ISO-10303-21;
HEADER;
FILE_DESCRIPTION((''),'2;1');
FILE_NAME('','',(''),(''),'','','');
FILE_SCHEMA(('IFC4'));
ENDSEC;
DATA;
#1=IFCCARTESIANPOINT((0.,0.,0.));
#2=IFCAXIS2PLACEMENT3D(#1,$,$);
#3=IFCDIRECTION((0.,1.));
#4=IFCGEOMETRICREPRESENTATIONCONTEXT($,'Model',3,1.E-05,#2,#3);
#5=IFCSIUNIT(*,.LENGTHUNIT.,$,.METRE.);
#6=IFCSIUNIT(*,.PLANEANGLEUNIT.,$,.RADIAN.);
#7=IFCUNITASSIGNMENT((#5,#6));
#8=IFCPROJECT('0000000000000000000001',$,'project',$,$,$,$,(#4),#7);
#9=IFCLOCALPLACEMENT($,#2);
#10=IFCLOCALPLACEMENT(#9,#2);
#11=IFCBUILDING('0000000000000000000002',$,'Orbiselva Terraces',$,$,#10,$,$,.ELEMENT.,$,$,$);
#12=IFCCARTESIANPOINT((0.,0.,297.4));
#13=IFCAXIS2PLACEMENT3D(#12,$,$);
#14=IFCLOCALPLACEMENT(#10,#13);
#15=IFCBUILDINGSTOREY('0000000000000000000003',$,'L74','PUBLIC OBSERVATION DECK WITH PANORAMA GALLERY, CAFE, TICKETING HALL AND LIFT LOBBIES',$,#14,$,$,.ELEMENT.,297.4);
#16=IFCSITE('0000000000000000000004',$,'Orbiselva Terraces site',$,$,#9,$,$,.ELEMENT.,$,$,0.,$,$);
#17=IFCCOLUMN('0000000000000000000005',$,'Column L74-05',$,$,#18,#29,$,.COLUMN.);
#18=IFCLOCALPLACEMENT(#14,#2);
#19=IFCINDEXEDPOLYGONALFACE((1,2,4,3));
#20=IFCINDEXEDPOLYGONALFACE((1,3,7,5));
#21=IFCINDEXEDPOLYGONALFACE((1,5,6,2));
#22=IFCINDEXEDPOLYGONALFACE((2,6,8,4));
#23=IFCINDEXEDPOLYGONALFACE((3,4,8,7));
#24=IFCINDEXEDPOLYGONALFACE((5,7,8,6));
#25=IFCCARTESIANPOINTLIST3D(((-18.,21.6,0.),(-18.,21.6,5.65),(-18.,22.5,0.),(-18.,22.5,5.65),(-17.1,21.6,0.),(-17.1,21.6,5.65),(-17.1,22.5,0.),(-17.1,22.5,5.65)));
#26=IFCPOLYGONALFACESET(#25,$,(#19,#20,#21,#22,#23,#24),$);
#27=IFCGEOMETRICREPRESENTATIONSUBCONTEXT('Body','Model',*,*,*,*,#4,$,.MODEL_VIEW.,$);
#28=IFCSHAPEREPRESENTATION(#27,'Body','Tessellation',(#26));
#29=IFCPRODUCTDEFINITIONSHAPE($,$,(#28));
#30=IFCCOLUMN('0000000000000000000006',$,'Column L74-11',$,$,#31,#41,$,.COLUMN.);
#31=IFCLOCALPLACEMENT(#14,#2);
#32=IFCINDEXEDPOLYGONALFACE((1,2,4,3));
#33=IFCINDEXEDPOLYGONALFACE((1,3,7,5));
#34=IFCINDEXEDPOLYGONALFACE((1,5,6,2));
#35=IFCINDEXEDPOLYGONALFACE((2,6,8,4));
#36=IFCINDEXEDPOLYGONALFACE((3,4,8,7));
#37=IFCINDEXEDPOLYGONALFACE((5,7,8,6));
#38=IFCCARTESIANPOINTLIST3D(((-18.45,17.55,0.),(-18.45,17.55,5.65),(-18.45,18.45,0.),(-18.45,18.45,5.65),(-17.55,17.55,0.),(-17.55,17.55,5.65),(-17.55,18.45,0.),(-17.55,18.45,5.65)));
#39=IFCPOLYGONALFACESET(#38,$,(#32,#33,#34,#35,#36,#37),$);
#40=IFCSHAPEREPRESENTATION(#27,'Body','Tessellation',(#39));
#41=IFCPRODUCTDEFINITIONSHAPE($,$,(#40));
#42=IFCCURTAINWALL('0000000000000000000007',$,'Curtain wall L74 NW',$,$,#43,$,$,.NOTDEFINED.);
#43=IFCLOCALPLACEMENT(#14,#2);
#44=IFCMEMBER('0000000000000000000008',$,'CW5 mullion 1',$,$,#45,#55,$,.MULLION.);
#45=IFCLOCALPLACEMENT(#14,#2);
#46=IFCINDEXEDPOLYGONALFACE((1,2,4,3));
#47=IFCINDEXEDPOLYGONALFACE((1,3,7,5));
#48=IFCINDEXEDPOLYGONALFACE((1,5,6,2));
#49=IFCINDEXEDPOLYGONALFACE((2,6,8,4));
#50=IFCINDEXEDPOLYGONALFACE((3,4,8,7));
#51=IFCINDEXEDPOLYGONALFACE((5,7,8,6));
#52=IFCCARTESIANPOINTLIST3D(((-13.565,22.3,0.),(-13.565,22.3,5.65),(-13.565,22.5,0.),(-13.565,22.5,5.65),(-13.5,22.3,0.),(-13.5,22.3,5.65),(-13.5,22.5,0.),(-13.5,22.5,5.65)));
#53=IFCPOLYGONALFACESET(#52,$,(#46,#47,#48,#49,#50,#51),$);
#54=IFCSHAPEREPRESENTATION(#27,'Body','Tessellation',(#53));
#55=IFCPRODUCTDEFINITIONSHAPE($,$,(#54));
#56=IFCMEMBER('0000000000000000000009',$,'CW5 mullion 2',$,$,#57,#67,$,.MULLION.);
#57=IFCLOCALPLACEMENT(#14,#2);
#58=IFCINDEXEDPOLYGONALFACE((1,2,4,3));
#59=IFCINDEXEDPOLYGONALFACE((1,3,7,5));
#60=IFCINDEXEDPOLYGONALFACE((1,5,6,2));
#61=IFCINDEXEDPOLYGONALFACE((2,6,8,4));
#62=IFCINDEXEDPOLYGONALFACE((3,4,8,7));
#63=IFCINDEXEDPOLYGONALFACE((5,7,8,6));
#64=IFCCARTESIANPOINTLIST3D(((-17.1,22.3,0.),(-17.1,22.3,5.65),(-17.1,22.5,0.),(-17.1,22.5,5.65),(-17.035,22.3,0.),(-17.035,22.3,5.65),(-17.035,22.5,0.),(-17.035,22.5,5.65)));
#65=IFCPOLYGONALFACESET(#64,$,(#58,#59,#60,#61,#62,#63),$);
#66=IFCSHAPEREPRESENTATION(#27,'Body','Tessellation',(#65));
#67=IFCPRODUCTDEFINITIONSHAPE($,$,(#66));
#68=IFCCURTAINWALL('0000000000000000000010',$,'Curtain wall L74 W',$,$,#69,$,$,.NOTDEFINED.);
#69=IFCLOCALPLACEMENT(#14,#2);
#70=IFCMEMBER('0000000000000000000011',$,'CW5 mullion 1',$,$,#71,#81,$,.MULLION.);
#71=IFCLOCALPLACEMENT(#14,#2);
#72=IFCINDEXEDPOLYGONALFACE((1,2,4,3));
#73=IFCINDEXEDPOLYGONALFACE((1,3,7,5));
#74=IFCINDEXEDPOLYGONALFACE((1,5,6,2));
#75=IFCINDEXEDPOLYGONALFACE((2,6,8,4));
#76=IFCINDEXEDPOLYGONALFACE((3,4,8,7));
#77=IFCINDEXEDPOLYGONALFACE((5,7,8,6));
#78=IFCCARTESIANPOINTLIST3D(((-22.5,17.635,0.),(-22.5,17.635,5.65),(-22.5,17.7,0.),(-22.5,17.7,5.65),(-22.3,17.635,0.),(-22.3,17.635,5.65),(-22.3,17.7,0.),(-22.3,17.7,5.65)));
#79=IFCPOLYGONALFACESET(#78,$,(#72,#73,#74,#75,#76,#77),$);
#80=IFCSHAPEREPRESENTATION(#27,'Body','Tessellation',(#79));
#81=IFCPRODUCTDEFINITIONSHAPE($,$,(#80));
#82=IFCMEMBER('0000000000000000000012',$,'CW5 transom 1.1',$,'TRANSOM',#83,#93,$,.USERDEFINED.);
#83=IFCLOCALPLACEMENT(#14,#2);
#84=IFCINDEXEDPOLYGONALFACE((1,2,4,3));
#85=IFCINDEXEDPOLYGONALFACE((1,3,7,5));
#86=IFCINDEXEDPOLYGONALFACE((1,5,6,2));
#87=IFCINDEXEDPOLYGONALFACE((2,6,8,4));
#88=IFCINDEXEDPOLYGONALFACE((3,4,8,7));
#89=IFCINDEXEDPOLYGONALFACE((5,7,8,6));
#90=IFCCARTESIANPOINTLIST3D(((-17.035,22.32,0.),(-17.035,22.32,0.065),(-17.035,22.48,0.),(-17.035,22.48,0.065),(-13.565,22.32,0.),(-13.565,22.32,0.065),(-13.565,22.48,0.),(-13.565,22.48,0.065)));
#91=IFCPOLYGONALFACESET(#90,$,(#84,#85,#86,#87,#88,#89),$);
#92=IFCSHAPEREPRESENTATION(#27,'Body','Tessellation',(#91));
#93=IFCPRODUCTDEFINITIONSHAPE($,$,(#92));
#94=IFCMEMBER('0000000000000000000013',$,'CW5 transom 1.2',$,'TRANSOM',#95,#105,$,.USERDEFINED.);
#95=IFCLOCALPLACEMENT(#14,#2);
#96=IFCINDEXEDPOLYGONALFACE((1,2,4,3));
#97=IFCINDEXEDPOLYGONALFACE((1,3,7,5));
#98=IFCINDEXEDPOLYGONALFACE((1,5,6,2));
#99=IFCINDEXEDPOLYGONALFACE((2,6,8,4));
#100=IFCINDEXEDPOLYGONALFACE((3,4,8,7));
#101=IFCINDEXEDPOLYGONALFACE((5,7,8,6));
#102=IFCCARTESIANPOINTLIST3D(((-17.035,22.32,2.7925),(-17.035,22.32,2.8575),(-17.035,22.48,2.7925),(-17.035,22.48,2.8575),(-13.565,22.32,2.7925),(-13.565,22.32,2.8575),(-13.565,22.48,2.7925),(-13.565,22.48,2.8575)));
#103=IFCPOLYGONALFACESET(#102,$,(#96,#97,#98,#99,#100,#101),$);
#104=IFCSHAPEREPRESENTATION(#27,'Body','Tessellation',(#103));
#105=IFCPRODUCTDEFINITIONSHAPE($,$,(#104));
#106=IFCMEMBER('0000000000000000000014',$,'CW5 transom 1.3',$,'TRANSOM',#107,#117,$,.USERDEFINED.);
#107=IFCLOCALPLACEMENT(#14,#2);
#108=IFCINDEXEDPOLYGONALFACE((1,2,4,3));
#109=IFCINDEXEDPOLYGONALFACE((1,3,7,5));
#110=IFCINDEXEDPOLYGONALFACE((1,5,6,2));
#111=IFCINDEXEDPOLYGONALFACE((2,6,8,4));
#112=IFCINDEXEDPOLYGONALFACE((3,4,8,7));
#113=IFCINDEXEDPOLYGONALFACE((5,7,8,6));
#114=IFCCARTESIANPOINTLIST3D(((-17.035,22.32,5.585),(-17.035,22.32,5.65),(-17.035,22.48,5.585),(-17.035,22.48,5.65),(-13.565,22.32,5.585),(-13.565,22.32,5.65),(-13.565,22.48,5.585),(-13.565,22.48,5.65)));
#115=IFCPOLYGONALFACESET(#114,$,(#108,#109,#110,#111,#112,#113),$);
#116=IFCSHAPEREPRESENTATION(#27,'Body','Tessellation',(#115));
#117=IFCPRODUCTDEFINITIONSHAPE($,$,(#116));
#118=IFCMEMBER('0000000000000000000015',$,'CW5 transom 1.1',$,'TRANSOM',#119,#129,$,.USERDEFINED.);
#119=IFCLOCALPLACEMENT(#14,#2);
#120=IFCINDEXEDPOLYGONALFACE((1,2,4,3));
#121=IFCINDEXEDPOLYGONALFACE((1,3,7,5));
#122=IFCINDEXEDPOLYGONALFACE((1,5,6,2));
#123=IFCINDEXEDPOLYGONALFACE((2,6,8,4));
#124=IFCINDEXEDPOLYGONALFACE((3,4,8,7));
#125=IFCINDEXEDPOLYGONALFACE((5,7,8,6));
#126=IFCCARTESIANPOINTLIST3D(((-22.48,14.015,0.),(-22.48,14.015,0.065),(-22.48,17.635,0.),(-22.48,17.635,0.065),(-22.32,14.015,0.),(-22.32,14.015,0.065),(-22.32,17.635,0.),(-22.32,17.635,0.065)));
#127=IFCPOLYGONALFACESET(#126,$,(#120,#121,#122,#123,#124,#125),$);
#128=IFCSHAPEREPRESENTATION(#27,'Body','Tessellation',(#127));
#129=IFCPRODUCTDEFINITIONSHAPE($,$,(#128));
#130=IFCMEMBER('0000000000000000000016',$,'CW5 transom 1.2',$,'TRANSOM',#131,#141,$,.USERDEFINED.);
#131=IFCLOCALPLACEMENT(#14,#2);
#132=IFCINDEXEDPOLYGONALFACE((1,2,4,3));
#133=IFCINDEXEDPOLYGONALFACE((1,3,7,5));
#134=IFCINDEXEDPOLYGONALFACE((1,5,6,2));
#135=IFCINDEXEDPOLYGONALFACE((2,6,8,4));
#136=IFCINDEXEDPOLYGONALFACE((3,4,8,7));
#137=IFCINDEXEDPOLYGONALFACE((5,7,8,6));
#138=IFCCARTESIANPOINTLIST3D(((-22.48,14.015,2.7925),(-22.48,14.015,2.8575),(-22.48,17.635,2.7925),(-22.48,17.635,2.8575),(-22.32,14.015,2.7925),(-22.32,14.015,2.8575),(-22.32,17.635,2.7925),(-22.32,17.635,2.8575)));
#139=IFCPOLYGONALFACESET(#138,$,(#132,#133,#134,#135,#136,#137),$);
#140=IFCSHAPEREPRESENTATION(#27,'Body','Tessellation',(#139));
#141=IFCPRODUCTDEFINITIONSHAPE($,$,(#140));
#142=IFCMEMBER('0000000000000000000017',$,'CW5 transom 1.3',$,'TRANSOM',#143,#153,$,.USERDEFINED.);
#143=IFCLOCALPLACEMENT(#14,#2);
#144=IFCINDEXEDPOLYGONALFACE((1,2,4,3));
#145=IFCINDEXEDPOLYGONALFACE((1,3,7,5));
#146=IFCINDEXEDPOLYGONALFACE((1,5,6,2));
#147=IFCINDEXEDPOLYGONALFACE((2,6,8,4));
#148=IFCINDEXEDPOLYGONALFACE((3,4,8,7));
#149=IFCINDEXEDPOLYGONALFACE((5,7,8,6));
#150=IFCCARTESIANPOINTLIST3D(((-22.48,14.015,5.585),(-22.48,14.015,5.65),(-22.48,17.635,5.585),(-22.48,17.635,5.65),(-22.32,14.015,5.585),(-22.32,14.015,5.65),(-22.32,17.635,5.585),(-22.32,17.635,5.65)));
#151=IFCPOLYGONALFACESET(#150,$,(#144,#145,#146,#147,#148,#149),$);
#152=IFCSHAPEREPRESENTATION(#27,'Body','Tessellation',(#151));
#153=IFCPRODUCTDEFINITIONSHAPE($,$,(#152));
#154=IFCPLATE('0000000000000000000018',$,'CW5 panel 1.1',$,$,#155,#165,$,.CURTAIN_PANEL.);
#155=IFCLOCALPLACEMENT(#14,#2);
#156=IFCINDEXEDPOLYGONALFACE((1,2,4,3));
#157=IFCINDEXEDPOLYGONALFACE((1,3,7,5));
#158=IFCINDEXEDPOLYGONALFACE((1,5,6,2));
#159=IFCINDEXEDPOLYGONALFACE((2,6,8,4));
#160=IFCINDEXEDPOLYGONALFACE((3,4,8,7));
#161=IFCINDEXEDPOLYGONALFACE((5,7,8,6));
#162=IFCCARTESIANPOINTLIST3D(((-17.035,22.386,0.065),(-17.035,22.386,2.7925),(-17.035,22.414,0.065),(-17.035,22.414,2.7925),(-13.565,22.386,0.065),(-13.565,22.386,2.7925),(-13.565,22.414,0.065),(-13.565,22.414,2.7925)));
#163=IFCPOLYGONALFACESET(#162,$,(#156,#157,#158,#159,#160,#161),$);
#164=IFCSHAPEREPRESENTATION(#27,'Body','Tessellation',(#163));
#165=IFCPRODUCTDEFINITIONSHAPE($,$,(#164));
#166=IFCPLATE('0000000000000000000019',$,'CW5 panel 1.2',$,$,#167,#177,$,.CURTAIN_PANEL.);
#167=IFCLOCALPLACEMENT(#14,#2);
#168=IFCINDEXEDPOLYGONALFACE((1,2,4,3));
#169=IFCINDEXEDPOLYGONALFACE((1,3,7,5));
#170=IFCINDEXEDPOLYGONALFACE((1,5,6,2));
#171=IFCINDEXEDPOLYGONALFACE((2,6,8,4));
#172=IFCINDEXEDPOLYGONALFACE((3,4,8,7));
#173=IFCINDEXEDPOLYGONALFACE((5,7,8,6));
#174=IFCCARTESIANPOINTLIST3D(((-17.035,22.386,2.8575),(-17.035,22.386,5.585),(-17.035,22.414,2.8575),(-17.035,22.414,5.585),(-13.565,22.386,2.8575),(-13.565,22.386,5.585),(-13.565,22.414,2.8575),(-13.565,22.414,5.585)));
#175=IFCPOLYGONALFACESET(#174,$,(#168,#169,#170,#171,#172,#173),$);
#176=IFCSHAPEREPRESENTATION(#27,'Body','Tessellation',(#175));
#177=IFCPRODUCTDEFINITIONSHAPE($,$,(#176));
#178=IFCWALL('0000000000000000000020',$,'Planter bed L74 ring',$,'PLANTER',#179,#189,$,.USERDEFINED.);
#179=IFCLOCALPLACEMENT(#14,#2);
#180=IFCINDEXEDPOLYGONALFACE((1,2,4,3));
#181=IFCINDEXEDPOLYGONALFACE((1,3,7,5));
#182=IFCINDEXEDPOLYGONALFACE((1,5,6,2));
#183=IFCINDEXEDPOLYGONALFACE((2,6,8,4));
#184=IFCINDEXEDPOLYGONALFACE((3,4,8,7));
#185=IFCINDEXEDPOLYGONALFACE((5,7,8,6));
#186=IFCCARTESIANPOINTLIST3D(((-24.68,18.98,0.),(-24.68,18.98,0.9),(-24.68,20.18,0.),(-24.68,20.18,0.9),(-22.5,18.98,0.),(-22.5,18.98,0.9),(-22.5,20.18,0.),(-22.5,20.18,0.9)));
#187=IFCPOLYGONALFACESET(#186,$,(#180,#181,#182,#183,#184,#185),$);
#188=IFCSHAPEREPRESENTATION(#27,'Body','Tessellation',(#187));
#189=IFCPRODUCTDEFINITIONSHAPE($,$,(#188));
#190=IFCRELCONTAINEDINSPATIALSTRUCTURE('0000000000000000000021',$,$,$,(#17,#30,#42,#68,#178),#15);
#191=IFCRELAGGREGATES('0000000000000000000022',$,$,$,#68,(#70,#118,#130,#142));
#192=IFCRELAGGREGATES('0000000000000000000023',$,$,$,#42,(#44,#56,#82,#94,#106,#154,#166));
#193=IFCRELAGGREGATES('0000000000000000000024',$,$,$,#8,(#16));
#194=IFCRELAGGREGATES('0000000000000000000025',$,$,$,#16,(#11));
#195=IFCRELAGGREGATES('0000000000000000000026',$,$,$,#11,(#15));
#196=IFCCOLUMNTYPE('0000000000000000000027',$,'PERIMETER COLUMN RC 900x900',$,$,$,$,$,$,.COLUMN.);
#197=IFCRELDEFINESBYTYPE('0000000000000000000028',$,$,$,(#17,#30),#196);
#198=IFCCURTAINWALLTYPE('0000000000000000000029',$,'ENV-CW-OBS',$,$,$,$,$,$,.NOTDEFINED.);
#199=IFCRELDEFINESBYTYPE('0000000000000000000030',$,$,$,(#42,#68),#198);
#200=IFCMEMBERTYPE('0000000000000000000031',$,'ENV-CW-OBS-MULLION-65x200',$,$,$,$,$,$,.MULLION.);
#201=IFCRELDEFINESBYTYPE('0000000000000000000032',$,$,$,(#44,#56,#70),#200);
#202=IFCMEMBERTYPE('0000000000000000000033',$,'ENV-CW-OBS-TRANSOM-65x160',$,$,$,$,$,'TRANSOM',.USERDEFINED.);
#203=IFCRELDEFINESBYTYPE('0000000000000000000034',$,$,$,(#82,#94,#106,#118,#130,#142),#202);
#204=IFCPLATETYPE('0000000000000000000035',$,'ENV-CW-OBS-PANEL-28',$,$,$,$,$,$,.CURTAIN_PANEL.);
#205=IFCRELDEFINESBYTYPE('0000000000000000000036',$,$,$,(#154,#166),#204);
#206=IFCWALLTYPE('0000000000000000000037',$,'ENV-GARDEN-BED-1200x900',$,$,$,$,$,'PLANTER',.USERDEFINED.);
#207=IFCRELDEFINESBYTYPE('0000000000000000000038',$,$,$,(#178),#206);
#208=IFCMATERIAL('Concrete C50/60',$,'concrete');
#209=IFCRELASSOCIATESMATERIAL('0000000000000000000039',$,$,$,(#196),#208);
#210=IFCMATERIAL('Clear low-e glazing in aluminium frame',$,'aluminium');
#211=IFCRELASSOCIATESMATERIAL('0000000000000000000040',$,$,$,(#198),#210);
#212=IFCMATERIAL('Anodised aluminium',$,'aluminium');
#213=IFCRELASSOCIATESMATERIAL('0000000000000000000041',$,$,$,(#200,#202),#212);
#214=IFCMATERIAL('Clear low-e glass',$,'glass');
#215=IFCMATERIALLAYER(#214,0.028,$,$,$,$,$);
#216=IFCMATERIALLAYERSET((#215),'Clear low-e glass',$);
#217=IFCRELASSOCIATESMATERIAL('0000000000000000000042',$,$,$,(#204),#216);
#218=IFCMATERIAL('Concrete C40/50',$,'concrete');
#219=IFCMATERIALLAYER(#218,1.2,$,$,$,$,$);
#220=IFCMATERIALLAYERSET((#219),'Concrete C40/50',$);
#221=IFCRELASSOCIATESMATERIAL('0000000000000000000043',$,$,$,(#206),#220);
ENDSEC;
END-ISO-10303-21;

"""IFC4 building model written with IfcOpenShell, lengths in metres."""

from ifc_helpers import new_model, si_unit, direction, frame, frame_2d, origin, origin_2d, place, context, subcontext, project, spatial, rectangle, extrude, material, layer, layer_set, material_profile, profile_set, type_object, element, aggregate, save


model = new_model("IFC4")

# Units and contexts
model_context = context("Model", 3, precision=1e-05, world=origin(), true_north=direction((0.0, 1.0)))
body_context = subcontext(model_context, "Body", "Model", "MODEL_VIEW")
ifc_project = project(units=[si_unit("LENGTHUNIT", "METRE"), si_unit("PLANEANGLEUNIT", "RADIAN")], contexts=[model_context])

# Site, building, storey
site_placement = place(None, origin())
site = spatial("IfcSite", under=ifc_project, at=site_placement, Name="Orbiselva Terraces site", CompositionType="ELEMENT", RefElevation=0.0)
building_placement = place(site_placement, origin())
building = spatial("IfcBuilding", under=site, at=building_placement, Name="Orbiselva Terraces", CompositionType="ELEMENT")
storey_placement = place(building_placement, frame((0.0, 0.0, 297.4)))
storey = spatial("IfcBuildingStorey", under=building, at=storey_placement, Name="L74", Description="PUBLIC OBSERVATION DECK WITH PANORAMA GALLERY, CAFE, TICKETING HALL AND LIFT LOBBIES", CompositionType="ELEMENT", Elevation=297.4)

# Columns
ifc_material_1 = material(Name="Concrete C50/60", Category="concrete")
ifc_material_profile_1 = material_profile(ifc_material_1, rectangle(XDim=0.9, YDim=0.9, at=origin_2d()), Name="RC 900x900")
ifc_profile_set_1 = profile_set([ifc_material_profile_1], Name="Concrete C50/60")
column_type = type_object("IfcColumnType", Name="PERIMETER COLUMN RC 900x900", PredefinedType="COLUMN", material=ifc_profile_set_1)
for number, where, z_axis, x_axis, name in (
    (1, (-17.55, 22.05, 0.0), (0.0, 0.0, 1.0), (1.0, 0.0, 0.0), "Column L74-05"),
    (2, (-18.0, 18.0, 0.0), (0.0, 0.0, 1.0), (1.0, 0.0, 0.0), "Column L74-11"),
):
    element("IfcColumn", number, at=place(storey_placement, frame(where, z_axis=z_axis, x_axis=x_axis)), inside=storey, type_object=column_type, Name=name, PredefinedType="COLUMN", context=body_context, shape_type="SweptSolid", body=[
        extrude(rectangle(XDim=0.9, YDim=0.9, at=origin_2d()), origin(), (0.0, 0.0, 1.0), 5.65),
    ])

# Curtain wall, members
ifc_material_2 = material(Name="Clear low-e glazing in aluminium frame", Category="aluminium")
curtain_wall_type = type_object("IfcCurtainWallType", Name="ENV-CW-OBS", PredefinedType="NOTDEFINED", material=ifc_material_2)
curtain_wall_1_placement = place(storey_placement, origin())
curtain_wall_1 = element("IfcCurtainWall", 3, at=curtain_wall_1_placement, inside=storey, type_object=curtain_wall_type, Name="Curtain wall L74 NW", PredefinedType="NOTDEFINED")
ifc_material_3 = material(Name="Anodised aluminium", Category="aluminium")
ifc_material_profile_2 = material_profile(ifc_material_3, rectangle(XDim=0.2, YDim=0.065, at=origin_2d()), Name="AL 65x200")
ifc_profile_set_2 = profile_set([ifc_material_profile_2], Name="Anodised aluminium")
member_type_1 = type_object("IfcMemberType", Name="ENV-CW-OBS-MULLION-65x200", PredefinedType="MULLION", material=ifc_profile_set_2)
member_1_placement = place(storey_placement, frame((-13.5325, 22.4, 0.0), z_axis=(0.0, 0.0, 1.0), x_axis=(0.0, -1.0, 0.0)))
member_1 = element("IfcMember", 4, at=member_1_placement, type_object=member_type_1, Name="CW5 mullion 1", PredefinedType="MULLION", context=body_context, shape_type="SweptSolid", body=[
    extrude(rectangle(XDim=0.2, YDim=0.065, at=origin_2d()), origin(), (0.0, 0.0, 1.0), 5.65),
])
member_2_placement = place(storey_placement, frame((-17.0675, 22.4, 0.0), z_axis=(0.0, 0.0, 1.0), x_axis=(0.0, -1.0, 0.0)))
member_2 = element("IfcMember", 5, at=member_2_placement, type_object=member_type_1, Name="CW5 mullion 2", PredefinedType="MULLION", context=body_context, shape_type="SweptSolid", body=[
    extrude(rectangle(XDim=0.2, YDim=0.065, at=origin_2d()), origin(), (0.0, 0.0, 1.0), 5.65),
])

# Curtain wall, member
curtain_wall_2_placement = place(storey_placement, origin())
curtain_wall_2 = element("IfcCurtainWall", 6, at=curtain_wall_2_placement, inside=storey, type_object=curtain_wall_type, Name="Curtain wall L74 W", PredefinedType="NOTDEFINED")
member_3_placement = place(storey_placement, frame((-22.4, 17.6675, 0.0), z_axis=(0.0, 0.0, 1.0), x_axis=(1.0, 0.0, 0.0)))
member_3 = element("IfcMember", 7, at=member_3_placement, type_object=member_type_1, Name="CW5 mullion 1", PredefinedType="MULLION", context=body_context, shape_type="SweptSolid", body=[
    extrude(rectangle(XDim=0.2, YDim=0.065, at=origin_2d()), origin(), (0.0, 0.0, 1.0), 5.65),
])

# Members
ifc_material_profile_3 = material_profile(ifc_material_3, rectangle(XDim=0.16, YDim=0.065, at=origin_2d()), Name="AL 65x160")
ifc_profile_set_3 = profile_set([ifc_material_profile_3], Name="Anodised aluminium")
member_type_2 = type_object("IfcMemberType", Name="ENV-CW-OBS-TRANSOM-65x160", ElementType="TRANSOM", PredefinedType="USERDEFINED", material=ifc_profile_set_3)
member_4_placement = place(storey_placement, frame((-13.565, 22.4, 0.0325), z_axis=(-1.0, 0.0, 0.0), x_axis=(0.0, -1.0, 0.0)))
member_4 = element("IfcMember", 8, at=member_4_placement, type_object=member_type_2, Name="CW5 transom 1.1", ObjectType="TRANSOM", PredefinedType="USERDEFINED", context=body_context, shape_type="SweptSolid", body=[
    extrude(rectangle(XDim=0.16, YDim=0.065, at=origin_2d()), origin(), (0.0, 0.0, 1.0), 3.47),
])
member_5_placement = place(storey_placement, frame((-13.565, 22.4, 2.825), z_axis=(-1.0, 0.0, 0.0), x_axis=(0.0, -1.0, 0.0)))
member_5 = element("IfcMember", 9, at=member_5_placement, type_object=member_type_2, Name="CW5 transom 1.2", ObjectType="TRANSOM", PredefinedType="USERDEFINED", context=body_context, shape_type="SweptSolid", body=[
    extrude(rectangle(XDim=0.16, YDim=0.065, at=origin_2d()), origin(), (0.0, 0.0, 1.0), 3.47),
])
member_6_placement = place(storey_placement, frame((-13.565, 22.4, 5.6175), z_axis=(-1.0, 0.0, 0.0), x_axis=(0.0, -1.0, 0.0)))
member_6 = element("IfcMember", 10, at=member_6_placement, type_object=member_type_2, Name="CW5 transom 1.3", ObjectType="TRANSOM", PredefinedType="USERDEFINED", context=body_context, shape_type="SweptSolid", body=[
    extrude(rectangle(XDim=0.16, YDim=0.065, at=origin_2d()), origin(), (0.0, 0.0, 1.0), 3.47),
])
member_7_placement = place(storey_placement, frame((-22.4, 17.635, 0.0325), z_axis=(0.0, -1.0, 0.0), x_axis=(1.0, 0.0, 0.0)))
member_7 = element("IfcMember", 11, at=member_7_placement, type_object=member_type_2, Name="CW5 transom 1.1", ObjectType="TRANSOM", PredefinedType="USERDEFINED", context=body_context, shape_type="SweptSolid", body=[
    extrude(rectangle(XDim=0.16, YDim=0.065, at=origin_2d()), origin(), (0.0, 0.0, 1.0), 3.62),
])
member_8_placement = place(storey_placement, frame((-22.4, 17.635, 2.825), z_axis=(0.0, -1.0, 0.0), x_axis=(1.0, 0.0, 0.0)))
member_8 = element("IfcMember", 12, at=member_8_placement, type_object=member_type_2, Name="CW5 transom 1.2", ObjectType="TRANSOM", PredefinedType="USERDEFINED", context=body_context, shape_type="SweptSolid", body=[
    extrude(rectangle(XDim=0.16, YDim=0.065, at=origin_2d()), origin(), (0.0, 0.0, 1.0), 3.62),
])
member_9_placement = place(storey_placement, frame((-22.4, 17.635, 5.6175), z_axis=(0.0, -1.0, 0.0), x_axis=(1.0, 0.0, 0.0)))
member_9 = element("IfcMember", 13, at=member_9_placement, type_object=member_type_2, Name="CW5 transom 1.3", ObjectType="TRANSOM", PredefinedType="USERDEFINED", context=body_context, shape_type="SweptSolid", body=[
    extrude(rectangle(XDim=0.16, YDim=0.065, at=origin_2d()), origin(), (0.0, 0.0, 1.0), 3.62),
])
aggregate(curtain_wall_2, [member_3, member_7, member_8, member_9])

# Plates
ifc_material_4 = material(Name="Clear low-e glass", Category="glass")
ifc_layer_1 = layer(ifc_material_4, 0.028)
ifc_layer_set_1 = layer_set([ifc_layer_1], Name="Clear low-e glass")
plate_type = type_object("IfcPlateType", Name="ENV-CW-OBS-PANEL-28", PredefinedType="CURTAIN_PANEL", material=ifc_layer_set_1)
plate_1_placement = place(storey_placement, frame((-15.3, 22.4, 0.065), z_axis=(0.0, 0.0, 1.0), x_axis=(-1.0, 0.0, 0.0)))
plate_1 = element("IfcPlate", 14, at=plate_1_placement, type_object=plate_type, Name="CW5 panel 1.1", PredefinedType="CURTAIN_PANEL", context=body_context, shape_type="SweptSolid", body=[
    extrude(rectangle(XDim=3.47, YDim=0.028, at=origin_2d()), origin(), (0.0, 0.0, 1.0), 2.7275),
])
plate_2_placement = place(storey_placement, frame((-15.3, 22.4, 2.8575), z_axis=(0.0, 0.0, 1.0), x_axis=(-1.0, 0.0, 0.0)))
plate_2 = element("IfcPlate", 15, at=plate_2_placement, type_object=plate_type, Name="CW5 panel 1.2", PredefinedType="CURTAIN_PANEL", context=body_context, shape_type="SweptSolid", body=[
    extrude(rectangle(XDim=3.47, YDim=0.028, at=origin_2d()), origin(), (0.0, 0.0, 1.0), 2.7275),
])
aggregate(curtain_wall_1, [member_1, member_2, member_4, member_5, member_6, plate_1, plate_2])

# Wall
ifc_material_5 = material(Name="Concrete C40/50", Category="concrete")
ifc_layer_2 = layer(ifc_material_5, 1.2)
ifc_layer_set_2 = layer_set([ifc_layer_2], Name="Concrete C40/50")
wall_type_1 = type_object("IfcWallType", Name="ENV-GARDEN-BED-1200x900", ElementType="PLANTER", PredefinedType="USERDEFINED", material=ifc_layer_set_2)
wall_1_placement = place(storey_placement, frame((-22.5, 19.58, 0.0), z_axis=(0.0, 0.0, 1.0), x_axis=(-1.0, 0.0, 0.0)))
element("IfcWall", 16, at=wall_1_placement, inside=storey, type_object=wall_type_1, Name="Planter bed L74 ring", ObjectType="PLANTER", PredefinedType="USERDEFINED", context=body_context, shape_type="SweptSolid", body=[
    extrude(rectangle(XDim=2.18, YDim=1.2, at=frame_2d((1.09, 0.0))), origin(), (0.0, 0.0, 1.0), 0.9),
])

save(model, "model.ifc")
